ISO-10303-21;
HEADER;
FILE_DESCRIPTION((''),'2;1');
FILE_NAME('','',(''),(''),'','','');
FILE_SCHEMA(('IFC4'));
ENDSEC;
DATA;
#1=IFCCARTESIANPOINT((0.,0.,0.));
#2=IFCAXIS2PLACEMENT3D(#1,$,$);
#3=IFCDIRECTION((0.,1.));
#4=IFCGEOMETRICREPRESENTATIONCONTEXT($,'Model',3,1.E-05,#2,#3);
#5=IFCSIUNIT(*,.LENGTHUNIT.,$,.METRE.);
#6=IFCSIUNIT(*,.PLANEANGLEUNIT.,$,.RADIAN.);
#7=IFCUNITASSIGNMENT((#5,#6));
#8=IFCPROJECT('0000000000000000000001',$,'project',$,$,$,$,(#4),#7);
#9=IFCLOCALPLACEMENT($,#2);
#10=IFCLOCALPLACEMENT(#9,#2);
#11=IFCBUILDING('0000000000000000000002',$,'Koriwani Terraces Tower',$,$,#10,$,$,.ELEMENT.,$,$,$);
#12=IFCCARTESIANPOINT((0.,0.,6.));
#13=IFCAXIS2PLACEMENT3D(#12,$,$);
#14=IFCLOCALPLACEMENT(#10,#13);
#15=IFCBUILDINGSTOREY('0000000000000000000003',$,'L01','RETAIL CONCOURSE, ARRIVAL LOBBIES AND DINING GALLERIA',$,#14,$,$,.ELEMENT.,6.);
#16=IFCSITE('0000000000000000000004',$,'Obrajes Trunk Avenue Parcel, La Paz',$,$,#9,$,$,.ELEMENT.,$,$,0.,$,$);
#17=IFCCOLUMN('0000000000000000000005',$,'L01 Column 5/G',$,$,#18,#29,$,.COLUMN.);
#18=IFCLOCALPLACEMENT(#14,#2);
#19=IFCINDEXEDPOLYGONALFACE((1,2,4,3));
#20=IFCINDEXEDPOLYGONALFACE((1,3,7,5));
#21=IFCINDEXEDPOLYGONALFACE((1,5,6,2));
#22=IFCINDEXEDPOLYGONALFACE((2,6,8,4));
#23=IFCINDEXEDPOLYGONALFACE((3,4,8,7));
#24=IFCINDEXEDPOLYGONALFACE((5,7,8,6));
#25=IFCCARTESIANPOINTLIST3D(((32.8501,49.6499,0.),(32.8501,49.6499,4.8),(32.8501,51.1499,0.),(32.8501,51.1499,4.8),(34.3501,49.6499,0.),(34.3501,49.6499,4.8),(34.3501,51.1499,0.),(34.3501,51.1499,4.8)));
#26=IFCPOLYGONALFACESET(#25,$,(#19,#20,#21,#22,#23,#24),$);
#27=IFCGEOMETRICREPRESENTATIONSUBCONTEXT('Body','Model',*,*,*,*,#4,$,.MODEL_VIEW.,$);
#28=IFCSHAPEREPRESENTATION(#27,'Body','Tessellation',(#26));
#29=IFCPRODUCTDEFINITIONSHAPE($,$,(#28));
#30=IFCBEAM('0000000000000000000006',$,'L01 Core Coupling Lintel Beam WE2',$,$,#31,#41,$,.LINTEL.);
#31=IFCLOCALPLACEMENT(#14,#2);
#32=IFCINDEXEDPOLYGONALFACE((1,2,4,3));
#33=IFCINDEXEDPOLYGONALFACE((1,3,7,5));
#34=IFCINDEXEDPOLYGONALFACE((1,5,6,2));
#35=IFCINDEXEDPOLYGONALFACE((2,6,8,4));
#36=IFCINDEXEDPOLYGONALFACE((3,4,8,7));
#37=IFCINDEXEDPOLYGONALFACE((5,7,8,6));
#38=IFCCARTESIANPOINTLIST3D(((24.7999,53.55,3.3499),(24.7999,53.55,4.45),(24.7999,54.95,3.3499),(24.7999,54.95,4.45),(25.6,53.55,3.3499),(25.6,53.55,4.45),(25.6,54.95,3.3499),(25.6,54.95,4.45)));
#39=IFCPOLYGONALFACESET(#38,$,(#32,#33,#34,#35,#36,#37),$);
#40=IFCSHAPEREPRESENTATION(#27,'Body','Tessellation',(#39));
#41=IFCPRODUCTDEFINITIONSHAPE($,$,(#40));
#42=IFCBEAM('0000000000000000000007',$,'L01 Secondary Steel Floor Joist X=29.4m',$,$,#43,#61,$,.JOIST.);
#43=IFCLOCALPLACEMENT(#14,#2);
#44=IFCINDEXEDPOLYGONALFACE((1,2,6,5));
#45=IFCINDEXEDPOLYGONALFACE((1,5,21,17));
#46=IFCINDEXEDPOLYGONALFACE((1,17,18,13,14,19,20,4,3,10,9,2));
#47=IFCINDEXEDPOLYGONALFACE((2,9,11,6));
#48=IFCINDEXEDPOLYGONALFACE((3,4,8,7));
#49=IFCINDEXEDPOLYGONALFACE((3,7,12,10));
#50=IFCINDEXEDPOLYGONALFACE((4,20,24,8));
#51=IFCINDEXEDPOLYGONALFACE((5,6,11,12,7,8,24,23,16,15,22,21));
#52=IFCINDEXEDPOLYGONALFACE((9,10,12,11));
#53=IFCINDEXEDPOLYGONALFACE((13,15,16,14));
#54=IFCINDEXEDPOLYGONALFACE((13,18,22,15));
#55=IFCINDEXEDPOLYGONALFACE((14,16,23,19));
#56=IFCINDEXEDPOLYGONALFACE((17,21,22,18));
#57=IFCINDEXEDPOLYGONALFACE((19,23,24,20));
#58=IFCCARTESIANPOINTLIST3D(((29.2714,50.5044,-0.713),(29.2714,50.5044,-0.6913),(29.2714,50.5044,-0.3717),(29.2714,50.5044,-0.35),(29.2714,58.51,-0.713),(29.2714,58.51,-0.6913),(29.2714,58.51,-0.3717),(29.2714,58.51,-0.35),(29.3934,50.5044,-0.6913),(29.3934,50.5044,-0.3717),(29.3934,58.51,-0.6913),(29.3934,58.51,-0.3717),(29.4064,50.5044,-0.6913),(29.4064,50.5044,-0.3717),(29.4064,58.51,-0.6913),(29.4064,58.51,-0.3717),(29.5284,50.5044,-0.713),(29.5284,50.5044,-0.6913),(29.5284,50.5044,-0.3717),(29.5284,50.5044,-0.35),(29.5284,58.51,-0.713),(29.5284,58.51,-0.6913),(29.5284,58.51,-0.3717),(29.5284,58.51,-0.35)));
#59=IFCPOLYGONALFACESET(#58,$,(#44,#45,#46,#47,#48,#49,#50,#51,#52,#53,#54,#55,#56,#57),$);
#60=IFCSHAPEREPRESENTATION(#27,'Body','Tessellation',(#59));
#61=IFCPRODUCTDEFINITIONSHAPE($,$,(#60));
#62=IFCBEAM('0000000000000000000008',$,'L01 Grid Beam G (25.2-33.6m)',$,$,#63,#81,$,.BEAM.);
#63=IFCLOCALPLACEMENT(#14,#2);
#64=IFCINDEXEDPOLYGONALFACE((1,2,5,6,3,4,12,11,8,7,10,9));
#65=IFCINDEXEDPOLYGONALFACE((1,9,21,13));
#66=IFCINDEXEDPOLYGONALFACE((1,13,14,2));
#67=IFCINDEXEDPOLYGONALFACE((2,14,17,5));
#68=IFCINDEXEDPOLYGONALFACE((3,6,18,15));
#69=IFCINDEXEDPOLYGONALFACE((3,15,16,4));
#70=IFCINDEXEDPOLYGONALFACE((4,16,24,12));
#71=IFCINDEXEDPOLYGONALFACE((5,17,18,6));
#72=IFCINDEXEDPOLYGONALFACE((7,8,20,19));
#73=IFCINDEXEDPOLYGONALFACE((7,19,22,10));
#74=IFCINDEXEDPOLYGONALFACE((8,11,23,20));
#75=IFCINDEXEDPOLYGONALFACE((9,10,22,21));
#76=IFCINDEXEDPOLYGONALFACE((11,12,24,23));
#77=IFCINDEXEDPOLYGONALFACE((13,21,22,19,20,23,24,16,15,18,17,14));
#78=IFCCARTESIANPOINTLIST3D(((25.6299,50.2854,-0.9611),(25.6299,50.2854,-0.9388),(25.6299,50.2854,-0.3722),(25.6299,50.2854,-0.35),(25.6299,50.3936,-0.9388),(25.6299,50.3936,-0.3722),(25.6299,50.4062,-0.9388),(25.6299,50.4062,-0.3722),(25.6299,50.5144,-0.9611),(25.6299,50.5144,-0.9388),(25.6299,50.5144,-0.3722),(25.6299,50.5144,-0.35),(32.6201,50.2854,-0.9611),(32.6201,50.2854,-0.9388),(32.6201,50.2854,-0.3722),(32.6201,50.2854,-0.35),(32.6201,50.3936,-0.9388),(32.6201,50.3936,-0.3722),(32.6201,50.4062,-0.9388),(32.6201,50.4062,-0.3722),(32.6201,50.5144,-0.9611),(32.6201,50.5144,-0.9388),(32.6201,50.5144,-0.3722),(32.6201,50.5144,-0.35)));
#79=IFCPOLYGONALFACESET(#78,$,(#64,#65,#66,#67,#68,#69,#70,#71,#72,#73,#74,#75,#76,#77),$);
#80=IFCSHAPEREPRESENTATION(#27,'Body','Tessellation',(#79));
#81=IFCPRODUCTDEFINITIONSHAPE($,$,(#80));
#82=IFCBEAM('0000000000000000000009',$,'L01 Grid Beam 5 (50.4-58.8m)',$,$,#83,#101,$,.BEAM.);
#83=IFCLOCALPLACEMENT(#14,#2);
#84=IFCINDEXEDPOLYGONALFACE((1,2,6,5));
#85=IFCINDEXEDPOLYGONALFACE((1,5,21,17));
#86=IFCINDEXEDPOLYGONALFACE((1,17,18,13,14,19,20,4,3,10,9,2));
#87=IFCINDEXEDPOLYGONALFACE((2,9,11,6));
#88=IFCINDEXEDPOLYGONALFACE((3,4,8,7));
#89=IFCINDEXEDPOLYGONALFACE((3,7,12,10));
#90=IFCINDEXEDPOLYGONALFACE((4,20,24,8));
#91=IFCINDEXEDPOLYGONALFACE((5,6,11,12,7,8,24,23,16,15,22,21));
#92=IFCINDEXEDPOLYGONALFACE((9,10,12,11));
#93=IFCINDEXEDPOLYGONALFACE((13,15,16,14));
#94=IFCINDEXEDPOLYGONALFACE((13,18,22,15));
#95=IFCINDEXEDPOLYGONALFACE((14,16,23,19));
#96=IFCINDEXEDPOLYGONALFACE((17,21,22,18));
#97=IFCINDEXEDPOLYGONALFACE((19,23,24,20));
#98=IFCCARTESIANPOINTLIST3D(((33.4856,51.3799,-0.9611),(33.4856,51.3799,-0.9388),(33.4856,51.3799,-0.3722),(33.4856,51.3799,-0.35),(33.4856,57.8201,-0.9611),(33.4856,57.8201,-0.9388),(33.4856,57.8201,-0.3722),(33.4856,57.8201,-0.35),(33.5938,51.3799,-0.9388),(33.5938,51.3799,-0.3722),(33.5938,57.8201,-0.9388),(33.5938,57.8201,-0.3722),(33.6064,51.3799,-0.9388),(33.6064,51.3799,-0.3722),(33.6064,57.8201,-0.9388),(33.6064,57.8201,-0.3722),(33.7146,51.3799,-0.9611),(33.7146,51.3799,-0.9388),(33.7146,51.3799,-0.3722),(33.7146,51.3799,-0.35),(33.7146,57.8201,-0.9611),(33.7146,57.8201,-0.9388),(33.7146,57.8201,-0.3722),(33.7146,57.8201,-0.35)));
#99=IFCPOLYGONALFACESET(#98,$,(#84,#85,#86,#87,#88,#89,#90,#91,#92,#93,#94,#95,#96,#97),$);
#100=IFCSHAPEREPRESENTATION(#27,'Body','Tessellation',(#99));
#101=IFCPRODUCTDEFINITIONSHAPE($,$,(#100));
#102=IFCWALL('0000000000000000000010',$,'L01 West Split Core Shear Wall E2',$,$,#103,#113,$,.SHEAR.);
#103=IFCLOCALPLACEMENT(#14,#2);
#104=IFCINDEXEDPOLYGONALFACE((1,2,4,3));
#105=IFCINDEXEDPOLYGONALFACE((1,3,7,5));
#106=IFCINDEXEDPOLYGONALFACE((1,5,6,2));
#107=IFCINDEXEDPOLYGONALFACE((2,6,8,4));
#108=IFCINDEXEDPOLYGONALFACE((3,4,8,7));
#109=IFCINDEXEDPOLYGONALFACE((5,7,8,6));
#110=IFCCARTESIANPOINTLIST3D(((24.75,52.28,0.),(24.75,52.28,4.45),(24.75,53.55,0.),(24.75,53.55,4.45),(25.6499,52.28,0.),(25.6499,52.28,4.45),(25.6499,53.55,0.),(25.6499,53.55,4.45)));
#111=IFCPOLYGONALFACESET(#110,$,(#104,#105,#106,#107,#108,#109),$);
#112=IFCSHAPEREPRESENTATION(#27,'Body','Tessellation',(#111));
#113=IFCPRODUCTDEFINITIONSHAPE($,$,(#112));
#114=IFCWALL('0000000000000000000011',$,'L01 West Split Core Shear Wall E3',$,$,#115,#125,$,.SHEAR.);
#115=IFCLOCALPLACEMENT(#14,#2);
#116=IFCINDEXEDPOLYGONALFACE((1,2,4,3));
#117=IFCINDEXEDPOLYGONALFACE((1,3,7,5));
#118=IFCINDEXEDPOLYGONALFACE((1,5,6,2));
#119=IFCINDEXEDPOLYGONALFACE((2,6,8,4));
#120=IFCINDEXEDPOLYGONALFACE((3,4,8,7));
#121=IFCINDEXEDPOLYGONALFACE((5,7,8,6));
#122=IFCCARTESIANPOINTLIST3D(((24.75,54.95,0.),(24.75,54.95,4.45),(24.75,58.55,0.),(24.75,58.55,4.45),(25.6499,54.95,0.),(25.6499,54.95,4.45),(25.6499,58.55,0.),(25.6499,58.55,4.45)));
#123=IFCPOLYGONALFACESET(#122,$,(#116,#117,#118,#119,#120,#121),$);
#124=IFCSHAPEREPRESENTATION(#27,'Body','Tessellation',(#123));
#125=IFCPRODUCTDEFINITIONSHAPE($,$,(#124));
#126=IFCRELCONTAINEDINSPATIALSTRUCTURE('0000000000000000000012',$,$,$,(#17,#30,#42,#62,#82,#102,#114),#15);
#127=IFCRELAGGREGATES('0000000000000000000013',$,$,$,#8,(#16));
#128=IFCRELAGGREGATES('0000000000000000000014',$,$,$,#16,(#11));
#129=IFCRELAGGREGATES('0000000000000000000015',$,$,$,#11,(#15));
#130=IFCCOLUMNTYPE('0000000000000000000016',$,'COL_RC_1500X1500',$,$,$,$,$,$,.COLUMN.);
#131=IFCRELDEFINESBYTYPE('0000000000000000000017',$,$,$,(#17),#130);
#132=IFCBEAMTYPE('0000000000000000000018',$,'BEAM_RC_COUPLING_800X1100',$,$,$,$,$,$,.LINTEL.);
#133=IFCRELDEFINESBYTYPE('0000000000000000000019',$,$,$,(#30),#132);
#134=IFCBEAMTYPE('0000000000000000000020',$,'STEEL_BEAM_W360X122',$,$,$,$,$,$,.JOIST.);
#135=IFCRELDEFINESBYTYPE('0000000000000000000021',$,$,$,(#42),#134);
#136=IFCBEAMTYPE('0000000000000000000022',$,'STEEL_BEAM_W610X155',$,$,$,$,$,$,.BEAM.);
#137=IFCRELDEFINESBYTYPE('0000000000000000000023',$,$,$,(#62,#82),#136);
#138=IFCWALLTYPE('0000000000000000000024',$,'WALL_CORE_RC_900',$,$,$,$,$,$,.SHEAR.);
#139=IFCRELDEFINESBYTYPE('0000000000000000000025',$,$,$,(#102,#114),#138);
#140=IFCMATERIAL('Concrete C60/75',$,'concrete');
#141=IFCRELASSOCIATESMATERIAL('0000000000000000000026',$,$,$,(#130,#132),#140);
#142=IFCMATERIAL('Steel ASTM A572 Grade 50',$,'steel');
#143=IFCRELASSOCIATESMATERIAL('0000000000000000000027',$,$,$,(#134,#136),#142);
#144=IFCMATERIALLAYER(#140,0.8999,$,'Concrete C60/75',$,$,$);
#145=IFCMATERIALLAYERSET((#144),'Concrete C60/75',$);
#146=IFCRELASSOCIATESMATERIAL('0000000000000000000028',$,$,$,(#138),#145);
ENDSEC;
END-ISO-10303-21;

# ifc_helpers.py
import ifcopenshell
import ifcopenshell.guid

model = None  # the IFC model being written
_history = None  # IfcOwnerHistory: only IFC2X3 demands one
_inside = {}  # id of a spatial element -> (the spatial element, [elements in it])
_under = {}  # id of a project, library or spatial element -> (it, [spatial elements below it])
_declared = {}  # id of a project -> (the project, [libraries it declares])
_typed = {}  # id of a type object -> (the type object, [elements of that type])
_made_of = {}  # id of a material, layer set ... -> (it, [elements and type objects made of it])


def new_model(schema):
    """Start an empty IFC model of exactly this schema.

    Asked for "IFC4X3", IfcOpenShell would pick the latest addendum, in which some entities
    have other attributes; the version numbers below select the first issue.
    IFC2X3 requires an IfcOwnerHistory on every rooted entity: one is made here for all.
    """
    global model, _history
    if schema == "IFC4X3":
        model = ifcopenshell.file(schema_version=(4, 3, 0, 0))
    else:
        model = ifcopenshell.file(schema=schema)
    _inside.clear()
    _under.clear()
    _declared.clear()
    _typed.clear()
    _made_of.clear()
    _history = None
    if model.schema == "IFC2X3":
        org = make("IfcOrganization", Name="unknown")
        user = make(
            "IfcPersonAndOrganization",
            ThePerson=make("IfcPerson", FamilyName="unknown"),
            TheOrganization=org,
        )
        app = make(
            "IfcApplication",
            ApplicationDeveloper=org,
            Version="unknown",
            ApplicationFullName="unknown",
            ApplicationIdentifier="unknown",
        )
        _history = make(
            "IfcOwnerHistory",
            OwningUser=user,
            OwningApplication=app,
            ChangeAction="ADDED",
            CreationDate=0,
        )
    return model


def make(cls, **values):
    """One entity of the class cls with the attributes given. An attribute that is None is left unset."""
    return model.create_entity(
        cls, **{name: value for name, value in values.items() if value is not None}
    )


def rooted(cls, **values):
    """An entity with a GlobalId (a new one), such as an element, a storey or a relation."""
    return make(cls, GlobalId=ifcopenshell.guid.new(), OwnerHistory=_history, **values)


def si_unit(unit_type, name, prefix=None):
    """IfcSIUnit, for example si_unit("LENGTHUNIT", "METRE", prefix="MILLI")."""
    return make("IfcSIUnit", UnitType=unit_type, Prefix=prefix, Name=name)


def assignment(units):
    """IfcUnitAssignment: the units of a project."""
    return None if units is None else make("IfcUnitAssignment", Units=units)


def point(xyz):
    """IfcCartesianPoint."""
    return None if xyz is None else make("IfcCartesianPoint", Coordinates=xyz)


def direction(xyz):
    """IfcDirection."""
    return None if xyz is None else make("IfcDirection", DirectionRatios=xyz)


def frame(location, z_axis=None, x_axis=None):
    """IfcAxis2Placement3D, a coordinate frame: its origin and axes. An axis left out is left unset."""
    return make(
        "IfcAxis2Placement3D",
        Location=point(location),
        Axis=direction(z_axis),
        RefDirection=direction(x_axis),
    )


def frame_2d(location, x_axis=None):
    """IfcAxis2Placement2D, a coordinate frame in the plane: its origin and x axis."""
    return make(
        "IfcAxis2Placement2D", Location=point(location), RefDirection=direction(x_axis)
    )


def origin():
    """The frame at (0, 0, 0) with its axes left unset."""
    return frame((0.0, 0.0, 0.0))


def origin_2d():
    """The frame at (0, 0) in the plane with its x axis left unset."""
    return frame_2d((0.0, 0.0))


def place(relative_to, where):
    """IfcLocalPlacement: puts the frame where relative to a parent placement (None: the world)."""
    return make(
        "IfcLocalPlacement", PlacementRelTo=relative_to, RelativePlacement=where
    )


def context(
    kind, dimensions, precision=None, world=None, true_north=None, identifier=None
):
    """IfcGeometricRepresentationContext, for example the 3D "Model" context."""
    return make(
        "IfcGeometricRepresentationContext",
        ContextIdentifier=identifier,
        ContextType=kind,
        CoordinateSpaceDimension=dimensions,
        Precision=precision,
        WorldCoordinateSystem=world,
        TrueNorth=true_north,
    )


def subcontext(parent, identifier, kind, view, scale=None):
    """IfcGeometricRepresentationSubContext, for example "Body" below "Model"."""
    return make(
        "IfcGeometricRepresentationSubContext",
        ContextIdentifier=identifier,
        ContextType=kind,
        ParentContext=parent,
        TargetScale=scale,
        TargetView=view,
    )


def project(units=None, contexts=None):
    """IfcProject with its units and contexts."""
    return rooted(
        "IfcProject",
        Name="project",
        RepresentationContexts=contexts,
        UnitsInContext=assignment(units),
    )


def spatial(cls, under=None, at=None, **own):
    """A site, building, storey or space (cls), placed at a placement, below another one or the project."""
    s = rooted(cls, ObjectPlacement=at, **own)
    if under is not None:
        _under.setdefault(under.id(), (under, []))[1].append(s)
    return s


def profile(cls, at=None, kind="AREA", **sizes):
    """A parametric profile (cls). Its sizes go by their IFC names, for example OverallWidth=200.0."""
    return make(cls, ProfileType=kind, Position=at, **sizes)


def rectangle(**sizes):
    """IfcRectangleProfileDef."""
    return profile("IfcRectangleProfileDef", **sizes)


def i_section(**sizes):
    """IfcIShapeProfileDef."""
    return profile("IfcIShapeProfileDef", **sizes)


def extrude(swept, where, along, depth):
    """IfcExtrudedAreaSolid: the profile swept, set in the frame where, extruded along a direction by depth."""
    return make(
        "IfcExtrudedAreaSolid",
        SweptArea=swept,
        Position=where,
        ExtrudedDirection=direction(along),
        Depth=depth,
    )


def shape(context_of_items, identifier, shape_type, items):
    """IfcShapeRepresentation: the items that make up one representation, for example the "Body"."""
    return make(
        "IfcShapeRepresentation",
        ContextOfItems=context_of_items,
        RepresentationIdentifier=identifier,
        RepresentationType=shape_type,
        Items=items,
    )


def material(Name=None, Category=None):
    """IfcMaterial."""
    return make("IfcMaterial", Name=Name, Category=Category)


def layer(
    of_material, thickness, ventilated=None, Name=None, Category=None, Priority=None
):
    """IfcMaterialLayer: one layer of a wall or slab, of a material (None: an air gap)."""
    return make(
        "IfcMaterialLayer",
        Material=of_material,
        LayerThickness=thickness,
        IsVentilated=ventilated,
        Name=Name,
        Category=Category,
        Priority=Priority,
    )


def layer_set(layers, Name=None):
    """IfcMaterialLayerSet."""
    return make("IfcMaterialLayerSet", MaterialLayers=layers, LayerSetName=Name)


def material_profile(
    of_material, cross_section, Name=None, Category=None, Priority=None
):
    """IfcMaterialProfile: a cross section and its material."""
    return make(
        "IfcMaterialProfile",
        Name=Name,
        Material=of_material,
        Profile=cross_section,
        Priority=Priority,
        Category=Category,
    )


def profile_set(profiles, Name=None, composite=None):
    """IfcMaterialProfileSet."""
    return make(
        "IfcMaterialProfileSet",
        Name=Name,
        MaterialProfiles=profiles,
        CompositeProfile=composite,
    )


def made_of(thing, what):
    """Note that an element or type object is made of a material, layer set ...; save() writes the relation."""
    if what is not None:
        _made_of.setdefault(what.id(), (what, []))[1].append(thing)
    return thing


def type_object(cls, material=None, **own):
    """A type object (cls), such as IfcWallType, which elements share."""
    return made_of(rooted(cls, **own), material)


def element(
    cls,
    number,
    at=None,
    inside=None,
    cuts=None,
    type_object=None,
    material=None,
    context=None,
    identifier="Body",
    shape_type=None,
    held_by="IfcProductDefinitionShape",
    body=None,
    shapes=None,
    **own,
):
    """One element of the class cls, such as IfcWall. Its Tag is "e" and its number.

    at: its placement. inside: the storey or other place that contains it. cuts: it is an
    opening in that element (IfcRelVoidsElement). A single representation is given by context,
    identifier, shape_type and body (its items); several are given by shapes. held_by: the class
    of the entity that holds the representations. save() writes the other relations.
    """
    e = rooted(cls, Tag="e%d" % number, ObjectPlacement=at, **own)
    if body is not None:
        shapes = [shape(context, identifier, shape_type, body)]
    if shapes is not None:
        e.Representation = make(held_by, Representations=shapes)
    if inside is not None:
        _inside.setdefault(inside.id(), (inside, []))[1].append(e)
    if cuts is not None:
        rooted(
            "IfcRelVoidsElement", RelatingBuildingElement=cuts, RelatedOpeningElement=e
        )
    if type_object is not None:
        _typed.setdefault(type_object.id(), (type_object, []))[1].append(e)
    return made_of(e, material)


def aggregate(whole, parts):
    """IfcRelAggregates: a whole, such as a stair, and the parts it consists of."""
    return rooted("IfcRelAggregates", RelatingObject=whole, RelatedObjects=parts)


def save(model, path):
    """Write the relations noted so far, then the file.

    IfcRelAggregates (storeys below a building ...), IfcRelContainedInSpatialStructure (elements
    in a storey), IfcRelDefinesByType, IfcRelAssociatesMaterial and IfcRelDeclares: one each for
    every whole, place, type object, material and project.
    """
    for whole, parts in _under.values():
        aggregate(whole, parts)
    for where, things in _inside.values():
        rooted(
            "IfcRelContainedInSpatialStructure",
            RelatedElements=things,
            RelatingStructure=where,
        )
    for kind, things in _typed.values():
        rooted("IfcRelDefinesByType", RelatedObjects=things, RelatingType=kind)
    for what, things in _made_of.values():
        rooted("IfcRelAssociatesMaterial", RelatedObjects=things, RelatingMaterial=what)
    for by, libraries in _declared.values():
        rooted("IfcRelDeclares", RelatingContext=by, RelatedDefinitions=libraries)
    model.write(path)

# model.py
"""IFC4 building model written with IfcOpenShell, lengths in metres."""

from ifc_helpers import new_model, si_unit, direction, frame, frame_2d, origin, origin_2d, place, context, subcontext, project, spatial, rectangle, i_section, extrude, material, layer, layer_set, material_profile, profile_set, type_object, element, save


model = new_model("IFC4")

# Units and contexts
model_context = context("Model", 3, precision=1e-05, world=origin(), true_north=direction((0.0, 1.0)))
body_context = subcontext(model_context, "Body", "Model", "MODEL_VIEW")
ifc_project = project(units=[si_unit("LENGTHUNIT", "METRE"), si_unit("PLANEANGLEUNIT", "RADIAN")], contexts=[model_context])

# Site, building, storey
site_placement = place(None, origin())
site = spatial("IfcSite", under=ifc_project, at=site_placement, Name="Obrajes Trunk Avenue Parcel, La Paz", CompositionType="ELEMENT", RefElevation=0.0)
building_placement = place(site_placement, origin())
building = spatial("IfcBuilding", under=site, at=building_placement, Name="Koriwani Terraces Tower", CompositionType="ELEMENT")
storey_placement = place(building_placement, frame((0.0, 0.0, 6.0)))
storey = spatial("IfcBuildingStorey", under=building, at=storey_placement, Name="L01", Description="RETAIL CONCOURSE, ARRIVAL LOBBIES AND DINING GALLERIA", CompositionType="ELEMENT", Elevation=6.0)

# Column
ifc_material_1 = material(Name="Concrete C60/75", Category="concrete")
ifc_material_profile_1 = material_profile(ifc_material_1, rectangle(XDim=1.5, YDim=1.5, at=origin_2d()), Name="Concrete C60/75", Category="LoadBearing")
ifc_profile_set_1 = profile_set([ifc_material_profile_1], Name="Concrete C60/75")
column_type = type_object("IfcColumnType", Name="COL_RC_1500X1500", PredefinedType="COLUMN", material=ifc_profile_set_1)
column_placement = place(storey_placement, frame((33.6001, 50.3999, 0.0), z_axis=(0.0, 0.0, 1.0), x_axis=(1.0, 0.0, 0.0)))
element("IfcColumn", 1, at=column_placement, inside=storey, type_object=column_type, Name="L01 Column 5/G", PredefinedType="COLUMN", context=body_context, shape_type="SweptSolid", body=[
    extrude(rectangle(XDim=1.5, YDim=1.5, at=origin_2d()), origin(), (0.0, 0.0, 1.0), 4.8),
])

# Beams
ifc_material_profile_2 = material_profile(ifc_material_1, rectangle(XDim=0.8, YDim=1.1001, at=origin_2d()), Name="Concrete C60/75", Category="LoadBearing")
ifc_profile_set_2 = profile_set([ifc_material_profile_2], Name="Concrete C60/75")
beam_type_1 = type_object("IfcBeamType", Name="BEAM_RC_COUPLING_800X1100", PredefinedType="LINTEL", material=ifc_profile_set_2)
beam_1_placement = place(storey_placement, frame((25.2, 53.55, 3.8999), z_axis=(0.0, 1.0, 0.0), x_axis=(-1.0, 0.0, 0.0)))
element("IfcBeam", 2, at=beam_1_placement, inside=storey, type_object=beam_type_1, Name="L01 Core Coupling Lintel Beam WE2", PredefinedType="LINTEL", context=body_context, shape_type="SweptSolid", body=[
    extrude(rectangle(XDim=0.8, YDim=1.1001, at=origin_2d()), origin(), (0.0, 0.0, 1.0), 1.3999),
])
ifc_material_2 = material(Name="Steel ASTM A572 Grade 50", Category="steel")
ifc_material_profile_3 = material_profile(ifc_material_2, i_section(OverallWidth=0.2571, OverallDepth=0.363, WebThickness=0.0129, FlangeThickness=0.0217, at=origin_2d()), Name="Steel ASTM A572 Grade 50", Category="LoadBearing")
ifc_profile_set_3 = profile_set([ifc_material_profile_3], Name="Steel ASTM A572 Grade 50")
beam_type_2 = type_object("IfcBeamType", Name="STEEL_BEAM_W360X122", PredefinedType="JOIST", material=ifc_profile_set_3)
beam_2_placement = place(storey_placement, frame((29.3999, 50.5044, -0.5315), z_axis=(0.0, 1.0, 0.0), x_axis=(-1.0, 0.0, 0.0)))
element("IfcBeam", 3, at=beam_2_placement, inside=storey, type_object=beam_type_2, Name="L01 Secondary Steel Floor Joist X=29.4m", PredefinedType="JOIST", context=body_context, shape_type="SweptSolid", body=[
    extrude(i_section(OverallWidth=0.2571, OverallDepth=0.363, WebThickness=0.0129, FlangeThickness=0.0217, at=origin_2d()), origin(), (0.0, 0.0, 1.0), 8.0056),
])
ifc_material_profile_4 = material_profile(ifc_material_2, i_section(OverallWidth=0.229, OverallDepth=0.6111, WebThickness=0.0127, FlangeThickness=0.0222, at=origin_2d()), Name="Steel ASTM A572 Grade 50", Category="LoadBearing")
ifc_profile_set_4 = profile_set([ifc_material_profile_4], Name="Steel ASTM A572 Grade 50")
beam_type_3 = type_object("IfcBeamType", Name="STEEL_BEAM_W610X155", PredefinedType="BEAM", material=ifc_profile_set_4)
beam_3_placement = place(storey_placement, frame((25.6299, 50.3999, -0.6555), z_axis=(1.0, 0.0, 0.0), x_axis=(0.0, 1.0, 0.0)))
element("IfcBeam", 4, at=beam_3_placement, inside=storey, type_object=beam_type_3, Name="L01 Grid Beam G (25.2-33.6m)", PredefinedType="BEAM", context=body_context, shape_type="SweptSolid", body=[
    extrude(i_section(OverallWidth=0.229, OverallDepth=0.6111, WebThickness=0.0127, FlangeThickness=0.0222, at=origin_2d()), origin(), (0.0, 0.0, 1.0), 6.9902),
])
beam_4_placement = place(storey_placement, frame((33.6001, 51.3799, -0.6555), z_axis=(0.0, 1.0, 0.0), x_axis=(-1.0, 0.0, 0.0)))
element("IfcBeam", 5, at=beam_4_placement, inside=storey, type_object=beam_type_3, Name="L01 Grid Beam 5 (50.4-58.8m)", PredefinedType="BEAM", context=body_context, shape_type="SweptSolid", body=[
    extrude(i_section(OverallWidth=0.229, OverallDepth=0.6111, WebThickness=0.0127, FlangeThickness=0.0222, at=origin_2d()), origin(), (0.0, 0.0, 1.0), 6.4402),
])

# Walls
ifc_layer_1 = layer(ifc_material_1, 0.8999, Name="Concrete C60/75")
ifc_layer_set_1 = layer_set([ifc_layer_1], Name="Concrete C60/75")
wall_type_1 = type_object("IfcWallType", Name="WALL_CORE_RC_900", PredefinedType="SHEAR", material=ifc_layer_set_1)
wall_1_placement = place(storey_placement, frame((25.2, 52.28, 0.0), z_axis=(0.0, 0.0, 1.0), x_axis=(0.0, 1.0, 0.0)))
element("IfcWall", 6, at=wall_1_placement, inside=storey, type_object=wall_type_1, Name="L01 West Split Core Shear Wall E2", PredefinedType="SHEAR", context=body_context, shape_type="SweptSolid", body=[
    extrude(rectangle(XDim=1.27, YDim=0.8999, at=frame_2d((0.635, 0.0))), origin(), (0.0, 0.0, 1.0), 4.45),
])
wall_2_placement = place(storey_placement, frame((25.2, 54.95, 0.0), z_axis=(0.0, 0.0, 1.0), x_axis=(0.0, 1.0, 0.0)))
element("IfcWall", 7, at=wall_2_placement, inside=storey, type_object=wall_type_1, Name="L01 West Split Core Shear Wall E3", PredefinedType="SHEAR", context=body_context, shape_type="SweptSolid", body=[
    extrude(rectangle(XDim=3.6001, YDim=0.8999, at=frame_2d((1.8, 0.0))), origin(), (0.0, 0.0, 1.0), 4.45),
])

save(model, "model.ifc")
